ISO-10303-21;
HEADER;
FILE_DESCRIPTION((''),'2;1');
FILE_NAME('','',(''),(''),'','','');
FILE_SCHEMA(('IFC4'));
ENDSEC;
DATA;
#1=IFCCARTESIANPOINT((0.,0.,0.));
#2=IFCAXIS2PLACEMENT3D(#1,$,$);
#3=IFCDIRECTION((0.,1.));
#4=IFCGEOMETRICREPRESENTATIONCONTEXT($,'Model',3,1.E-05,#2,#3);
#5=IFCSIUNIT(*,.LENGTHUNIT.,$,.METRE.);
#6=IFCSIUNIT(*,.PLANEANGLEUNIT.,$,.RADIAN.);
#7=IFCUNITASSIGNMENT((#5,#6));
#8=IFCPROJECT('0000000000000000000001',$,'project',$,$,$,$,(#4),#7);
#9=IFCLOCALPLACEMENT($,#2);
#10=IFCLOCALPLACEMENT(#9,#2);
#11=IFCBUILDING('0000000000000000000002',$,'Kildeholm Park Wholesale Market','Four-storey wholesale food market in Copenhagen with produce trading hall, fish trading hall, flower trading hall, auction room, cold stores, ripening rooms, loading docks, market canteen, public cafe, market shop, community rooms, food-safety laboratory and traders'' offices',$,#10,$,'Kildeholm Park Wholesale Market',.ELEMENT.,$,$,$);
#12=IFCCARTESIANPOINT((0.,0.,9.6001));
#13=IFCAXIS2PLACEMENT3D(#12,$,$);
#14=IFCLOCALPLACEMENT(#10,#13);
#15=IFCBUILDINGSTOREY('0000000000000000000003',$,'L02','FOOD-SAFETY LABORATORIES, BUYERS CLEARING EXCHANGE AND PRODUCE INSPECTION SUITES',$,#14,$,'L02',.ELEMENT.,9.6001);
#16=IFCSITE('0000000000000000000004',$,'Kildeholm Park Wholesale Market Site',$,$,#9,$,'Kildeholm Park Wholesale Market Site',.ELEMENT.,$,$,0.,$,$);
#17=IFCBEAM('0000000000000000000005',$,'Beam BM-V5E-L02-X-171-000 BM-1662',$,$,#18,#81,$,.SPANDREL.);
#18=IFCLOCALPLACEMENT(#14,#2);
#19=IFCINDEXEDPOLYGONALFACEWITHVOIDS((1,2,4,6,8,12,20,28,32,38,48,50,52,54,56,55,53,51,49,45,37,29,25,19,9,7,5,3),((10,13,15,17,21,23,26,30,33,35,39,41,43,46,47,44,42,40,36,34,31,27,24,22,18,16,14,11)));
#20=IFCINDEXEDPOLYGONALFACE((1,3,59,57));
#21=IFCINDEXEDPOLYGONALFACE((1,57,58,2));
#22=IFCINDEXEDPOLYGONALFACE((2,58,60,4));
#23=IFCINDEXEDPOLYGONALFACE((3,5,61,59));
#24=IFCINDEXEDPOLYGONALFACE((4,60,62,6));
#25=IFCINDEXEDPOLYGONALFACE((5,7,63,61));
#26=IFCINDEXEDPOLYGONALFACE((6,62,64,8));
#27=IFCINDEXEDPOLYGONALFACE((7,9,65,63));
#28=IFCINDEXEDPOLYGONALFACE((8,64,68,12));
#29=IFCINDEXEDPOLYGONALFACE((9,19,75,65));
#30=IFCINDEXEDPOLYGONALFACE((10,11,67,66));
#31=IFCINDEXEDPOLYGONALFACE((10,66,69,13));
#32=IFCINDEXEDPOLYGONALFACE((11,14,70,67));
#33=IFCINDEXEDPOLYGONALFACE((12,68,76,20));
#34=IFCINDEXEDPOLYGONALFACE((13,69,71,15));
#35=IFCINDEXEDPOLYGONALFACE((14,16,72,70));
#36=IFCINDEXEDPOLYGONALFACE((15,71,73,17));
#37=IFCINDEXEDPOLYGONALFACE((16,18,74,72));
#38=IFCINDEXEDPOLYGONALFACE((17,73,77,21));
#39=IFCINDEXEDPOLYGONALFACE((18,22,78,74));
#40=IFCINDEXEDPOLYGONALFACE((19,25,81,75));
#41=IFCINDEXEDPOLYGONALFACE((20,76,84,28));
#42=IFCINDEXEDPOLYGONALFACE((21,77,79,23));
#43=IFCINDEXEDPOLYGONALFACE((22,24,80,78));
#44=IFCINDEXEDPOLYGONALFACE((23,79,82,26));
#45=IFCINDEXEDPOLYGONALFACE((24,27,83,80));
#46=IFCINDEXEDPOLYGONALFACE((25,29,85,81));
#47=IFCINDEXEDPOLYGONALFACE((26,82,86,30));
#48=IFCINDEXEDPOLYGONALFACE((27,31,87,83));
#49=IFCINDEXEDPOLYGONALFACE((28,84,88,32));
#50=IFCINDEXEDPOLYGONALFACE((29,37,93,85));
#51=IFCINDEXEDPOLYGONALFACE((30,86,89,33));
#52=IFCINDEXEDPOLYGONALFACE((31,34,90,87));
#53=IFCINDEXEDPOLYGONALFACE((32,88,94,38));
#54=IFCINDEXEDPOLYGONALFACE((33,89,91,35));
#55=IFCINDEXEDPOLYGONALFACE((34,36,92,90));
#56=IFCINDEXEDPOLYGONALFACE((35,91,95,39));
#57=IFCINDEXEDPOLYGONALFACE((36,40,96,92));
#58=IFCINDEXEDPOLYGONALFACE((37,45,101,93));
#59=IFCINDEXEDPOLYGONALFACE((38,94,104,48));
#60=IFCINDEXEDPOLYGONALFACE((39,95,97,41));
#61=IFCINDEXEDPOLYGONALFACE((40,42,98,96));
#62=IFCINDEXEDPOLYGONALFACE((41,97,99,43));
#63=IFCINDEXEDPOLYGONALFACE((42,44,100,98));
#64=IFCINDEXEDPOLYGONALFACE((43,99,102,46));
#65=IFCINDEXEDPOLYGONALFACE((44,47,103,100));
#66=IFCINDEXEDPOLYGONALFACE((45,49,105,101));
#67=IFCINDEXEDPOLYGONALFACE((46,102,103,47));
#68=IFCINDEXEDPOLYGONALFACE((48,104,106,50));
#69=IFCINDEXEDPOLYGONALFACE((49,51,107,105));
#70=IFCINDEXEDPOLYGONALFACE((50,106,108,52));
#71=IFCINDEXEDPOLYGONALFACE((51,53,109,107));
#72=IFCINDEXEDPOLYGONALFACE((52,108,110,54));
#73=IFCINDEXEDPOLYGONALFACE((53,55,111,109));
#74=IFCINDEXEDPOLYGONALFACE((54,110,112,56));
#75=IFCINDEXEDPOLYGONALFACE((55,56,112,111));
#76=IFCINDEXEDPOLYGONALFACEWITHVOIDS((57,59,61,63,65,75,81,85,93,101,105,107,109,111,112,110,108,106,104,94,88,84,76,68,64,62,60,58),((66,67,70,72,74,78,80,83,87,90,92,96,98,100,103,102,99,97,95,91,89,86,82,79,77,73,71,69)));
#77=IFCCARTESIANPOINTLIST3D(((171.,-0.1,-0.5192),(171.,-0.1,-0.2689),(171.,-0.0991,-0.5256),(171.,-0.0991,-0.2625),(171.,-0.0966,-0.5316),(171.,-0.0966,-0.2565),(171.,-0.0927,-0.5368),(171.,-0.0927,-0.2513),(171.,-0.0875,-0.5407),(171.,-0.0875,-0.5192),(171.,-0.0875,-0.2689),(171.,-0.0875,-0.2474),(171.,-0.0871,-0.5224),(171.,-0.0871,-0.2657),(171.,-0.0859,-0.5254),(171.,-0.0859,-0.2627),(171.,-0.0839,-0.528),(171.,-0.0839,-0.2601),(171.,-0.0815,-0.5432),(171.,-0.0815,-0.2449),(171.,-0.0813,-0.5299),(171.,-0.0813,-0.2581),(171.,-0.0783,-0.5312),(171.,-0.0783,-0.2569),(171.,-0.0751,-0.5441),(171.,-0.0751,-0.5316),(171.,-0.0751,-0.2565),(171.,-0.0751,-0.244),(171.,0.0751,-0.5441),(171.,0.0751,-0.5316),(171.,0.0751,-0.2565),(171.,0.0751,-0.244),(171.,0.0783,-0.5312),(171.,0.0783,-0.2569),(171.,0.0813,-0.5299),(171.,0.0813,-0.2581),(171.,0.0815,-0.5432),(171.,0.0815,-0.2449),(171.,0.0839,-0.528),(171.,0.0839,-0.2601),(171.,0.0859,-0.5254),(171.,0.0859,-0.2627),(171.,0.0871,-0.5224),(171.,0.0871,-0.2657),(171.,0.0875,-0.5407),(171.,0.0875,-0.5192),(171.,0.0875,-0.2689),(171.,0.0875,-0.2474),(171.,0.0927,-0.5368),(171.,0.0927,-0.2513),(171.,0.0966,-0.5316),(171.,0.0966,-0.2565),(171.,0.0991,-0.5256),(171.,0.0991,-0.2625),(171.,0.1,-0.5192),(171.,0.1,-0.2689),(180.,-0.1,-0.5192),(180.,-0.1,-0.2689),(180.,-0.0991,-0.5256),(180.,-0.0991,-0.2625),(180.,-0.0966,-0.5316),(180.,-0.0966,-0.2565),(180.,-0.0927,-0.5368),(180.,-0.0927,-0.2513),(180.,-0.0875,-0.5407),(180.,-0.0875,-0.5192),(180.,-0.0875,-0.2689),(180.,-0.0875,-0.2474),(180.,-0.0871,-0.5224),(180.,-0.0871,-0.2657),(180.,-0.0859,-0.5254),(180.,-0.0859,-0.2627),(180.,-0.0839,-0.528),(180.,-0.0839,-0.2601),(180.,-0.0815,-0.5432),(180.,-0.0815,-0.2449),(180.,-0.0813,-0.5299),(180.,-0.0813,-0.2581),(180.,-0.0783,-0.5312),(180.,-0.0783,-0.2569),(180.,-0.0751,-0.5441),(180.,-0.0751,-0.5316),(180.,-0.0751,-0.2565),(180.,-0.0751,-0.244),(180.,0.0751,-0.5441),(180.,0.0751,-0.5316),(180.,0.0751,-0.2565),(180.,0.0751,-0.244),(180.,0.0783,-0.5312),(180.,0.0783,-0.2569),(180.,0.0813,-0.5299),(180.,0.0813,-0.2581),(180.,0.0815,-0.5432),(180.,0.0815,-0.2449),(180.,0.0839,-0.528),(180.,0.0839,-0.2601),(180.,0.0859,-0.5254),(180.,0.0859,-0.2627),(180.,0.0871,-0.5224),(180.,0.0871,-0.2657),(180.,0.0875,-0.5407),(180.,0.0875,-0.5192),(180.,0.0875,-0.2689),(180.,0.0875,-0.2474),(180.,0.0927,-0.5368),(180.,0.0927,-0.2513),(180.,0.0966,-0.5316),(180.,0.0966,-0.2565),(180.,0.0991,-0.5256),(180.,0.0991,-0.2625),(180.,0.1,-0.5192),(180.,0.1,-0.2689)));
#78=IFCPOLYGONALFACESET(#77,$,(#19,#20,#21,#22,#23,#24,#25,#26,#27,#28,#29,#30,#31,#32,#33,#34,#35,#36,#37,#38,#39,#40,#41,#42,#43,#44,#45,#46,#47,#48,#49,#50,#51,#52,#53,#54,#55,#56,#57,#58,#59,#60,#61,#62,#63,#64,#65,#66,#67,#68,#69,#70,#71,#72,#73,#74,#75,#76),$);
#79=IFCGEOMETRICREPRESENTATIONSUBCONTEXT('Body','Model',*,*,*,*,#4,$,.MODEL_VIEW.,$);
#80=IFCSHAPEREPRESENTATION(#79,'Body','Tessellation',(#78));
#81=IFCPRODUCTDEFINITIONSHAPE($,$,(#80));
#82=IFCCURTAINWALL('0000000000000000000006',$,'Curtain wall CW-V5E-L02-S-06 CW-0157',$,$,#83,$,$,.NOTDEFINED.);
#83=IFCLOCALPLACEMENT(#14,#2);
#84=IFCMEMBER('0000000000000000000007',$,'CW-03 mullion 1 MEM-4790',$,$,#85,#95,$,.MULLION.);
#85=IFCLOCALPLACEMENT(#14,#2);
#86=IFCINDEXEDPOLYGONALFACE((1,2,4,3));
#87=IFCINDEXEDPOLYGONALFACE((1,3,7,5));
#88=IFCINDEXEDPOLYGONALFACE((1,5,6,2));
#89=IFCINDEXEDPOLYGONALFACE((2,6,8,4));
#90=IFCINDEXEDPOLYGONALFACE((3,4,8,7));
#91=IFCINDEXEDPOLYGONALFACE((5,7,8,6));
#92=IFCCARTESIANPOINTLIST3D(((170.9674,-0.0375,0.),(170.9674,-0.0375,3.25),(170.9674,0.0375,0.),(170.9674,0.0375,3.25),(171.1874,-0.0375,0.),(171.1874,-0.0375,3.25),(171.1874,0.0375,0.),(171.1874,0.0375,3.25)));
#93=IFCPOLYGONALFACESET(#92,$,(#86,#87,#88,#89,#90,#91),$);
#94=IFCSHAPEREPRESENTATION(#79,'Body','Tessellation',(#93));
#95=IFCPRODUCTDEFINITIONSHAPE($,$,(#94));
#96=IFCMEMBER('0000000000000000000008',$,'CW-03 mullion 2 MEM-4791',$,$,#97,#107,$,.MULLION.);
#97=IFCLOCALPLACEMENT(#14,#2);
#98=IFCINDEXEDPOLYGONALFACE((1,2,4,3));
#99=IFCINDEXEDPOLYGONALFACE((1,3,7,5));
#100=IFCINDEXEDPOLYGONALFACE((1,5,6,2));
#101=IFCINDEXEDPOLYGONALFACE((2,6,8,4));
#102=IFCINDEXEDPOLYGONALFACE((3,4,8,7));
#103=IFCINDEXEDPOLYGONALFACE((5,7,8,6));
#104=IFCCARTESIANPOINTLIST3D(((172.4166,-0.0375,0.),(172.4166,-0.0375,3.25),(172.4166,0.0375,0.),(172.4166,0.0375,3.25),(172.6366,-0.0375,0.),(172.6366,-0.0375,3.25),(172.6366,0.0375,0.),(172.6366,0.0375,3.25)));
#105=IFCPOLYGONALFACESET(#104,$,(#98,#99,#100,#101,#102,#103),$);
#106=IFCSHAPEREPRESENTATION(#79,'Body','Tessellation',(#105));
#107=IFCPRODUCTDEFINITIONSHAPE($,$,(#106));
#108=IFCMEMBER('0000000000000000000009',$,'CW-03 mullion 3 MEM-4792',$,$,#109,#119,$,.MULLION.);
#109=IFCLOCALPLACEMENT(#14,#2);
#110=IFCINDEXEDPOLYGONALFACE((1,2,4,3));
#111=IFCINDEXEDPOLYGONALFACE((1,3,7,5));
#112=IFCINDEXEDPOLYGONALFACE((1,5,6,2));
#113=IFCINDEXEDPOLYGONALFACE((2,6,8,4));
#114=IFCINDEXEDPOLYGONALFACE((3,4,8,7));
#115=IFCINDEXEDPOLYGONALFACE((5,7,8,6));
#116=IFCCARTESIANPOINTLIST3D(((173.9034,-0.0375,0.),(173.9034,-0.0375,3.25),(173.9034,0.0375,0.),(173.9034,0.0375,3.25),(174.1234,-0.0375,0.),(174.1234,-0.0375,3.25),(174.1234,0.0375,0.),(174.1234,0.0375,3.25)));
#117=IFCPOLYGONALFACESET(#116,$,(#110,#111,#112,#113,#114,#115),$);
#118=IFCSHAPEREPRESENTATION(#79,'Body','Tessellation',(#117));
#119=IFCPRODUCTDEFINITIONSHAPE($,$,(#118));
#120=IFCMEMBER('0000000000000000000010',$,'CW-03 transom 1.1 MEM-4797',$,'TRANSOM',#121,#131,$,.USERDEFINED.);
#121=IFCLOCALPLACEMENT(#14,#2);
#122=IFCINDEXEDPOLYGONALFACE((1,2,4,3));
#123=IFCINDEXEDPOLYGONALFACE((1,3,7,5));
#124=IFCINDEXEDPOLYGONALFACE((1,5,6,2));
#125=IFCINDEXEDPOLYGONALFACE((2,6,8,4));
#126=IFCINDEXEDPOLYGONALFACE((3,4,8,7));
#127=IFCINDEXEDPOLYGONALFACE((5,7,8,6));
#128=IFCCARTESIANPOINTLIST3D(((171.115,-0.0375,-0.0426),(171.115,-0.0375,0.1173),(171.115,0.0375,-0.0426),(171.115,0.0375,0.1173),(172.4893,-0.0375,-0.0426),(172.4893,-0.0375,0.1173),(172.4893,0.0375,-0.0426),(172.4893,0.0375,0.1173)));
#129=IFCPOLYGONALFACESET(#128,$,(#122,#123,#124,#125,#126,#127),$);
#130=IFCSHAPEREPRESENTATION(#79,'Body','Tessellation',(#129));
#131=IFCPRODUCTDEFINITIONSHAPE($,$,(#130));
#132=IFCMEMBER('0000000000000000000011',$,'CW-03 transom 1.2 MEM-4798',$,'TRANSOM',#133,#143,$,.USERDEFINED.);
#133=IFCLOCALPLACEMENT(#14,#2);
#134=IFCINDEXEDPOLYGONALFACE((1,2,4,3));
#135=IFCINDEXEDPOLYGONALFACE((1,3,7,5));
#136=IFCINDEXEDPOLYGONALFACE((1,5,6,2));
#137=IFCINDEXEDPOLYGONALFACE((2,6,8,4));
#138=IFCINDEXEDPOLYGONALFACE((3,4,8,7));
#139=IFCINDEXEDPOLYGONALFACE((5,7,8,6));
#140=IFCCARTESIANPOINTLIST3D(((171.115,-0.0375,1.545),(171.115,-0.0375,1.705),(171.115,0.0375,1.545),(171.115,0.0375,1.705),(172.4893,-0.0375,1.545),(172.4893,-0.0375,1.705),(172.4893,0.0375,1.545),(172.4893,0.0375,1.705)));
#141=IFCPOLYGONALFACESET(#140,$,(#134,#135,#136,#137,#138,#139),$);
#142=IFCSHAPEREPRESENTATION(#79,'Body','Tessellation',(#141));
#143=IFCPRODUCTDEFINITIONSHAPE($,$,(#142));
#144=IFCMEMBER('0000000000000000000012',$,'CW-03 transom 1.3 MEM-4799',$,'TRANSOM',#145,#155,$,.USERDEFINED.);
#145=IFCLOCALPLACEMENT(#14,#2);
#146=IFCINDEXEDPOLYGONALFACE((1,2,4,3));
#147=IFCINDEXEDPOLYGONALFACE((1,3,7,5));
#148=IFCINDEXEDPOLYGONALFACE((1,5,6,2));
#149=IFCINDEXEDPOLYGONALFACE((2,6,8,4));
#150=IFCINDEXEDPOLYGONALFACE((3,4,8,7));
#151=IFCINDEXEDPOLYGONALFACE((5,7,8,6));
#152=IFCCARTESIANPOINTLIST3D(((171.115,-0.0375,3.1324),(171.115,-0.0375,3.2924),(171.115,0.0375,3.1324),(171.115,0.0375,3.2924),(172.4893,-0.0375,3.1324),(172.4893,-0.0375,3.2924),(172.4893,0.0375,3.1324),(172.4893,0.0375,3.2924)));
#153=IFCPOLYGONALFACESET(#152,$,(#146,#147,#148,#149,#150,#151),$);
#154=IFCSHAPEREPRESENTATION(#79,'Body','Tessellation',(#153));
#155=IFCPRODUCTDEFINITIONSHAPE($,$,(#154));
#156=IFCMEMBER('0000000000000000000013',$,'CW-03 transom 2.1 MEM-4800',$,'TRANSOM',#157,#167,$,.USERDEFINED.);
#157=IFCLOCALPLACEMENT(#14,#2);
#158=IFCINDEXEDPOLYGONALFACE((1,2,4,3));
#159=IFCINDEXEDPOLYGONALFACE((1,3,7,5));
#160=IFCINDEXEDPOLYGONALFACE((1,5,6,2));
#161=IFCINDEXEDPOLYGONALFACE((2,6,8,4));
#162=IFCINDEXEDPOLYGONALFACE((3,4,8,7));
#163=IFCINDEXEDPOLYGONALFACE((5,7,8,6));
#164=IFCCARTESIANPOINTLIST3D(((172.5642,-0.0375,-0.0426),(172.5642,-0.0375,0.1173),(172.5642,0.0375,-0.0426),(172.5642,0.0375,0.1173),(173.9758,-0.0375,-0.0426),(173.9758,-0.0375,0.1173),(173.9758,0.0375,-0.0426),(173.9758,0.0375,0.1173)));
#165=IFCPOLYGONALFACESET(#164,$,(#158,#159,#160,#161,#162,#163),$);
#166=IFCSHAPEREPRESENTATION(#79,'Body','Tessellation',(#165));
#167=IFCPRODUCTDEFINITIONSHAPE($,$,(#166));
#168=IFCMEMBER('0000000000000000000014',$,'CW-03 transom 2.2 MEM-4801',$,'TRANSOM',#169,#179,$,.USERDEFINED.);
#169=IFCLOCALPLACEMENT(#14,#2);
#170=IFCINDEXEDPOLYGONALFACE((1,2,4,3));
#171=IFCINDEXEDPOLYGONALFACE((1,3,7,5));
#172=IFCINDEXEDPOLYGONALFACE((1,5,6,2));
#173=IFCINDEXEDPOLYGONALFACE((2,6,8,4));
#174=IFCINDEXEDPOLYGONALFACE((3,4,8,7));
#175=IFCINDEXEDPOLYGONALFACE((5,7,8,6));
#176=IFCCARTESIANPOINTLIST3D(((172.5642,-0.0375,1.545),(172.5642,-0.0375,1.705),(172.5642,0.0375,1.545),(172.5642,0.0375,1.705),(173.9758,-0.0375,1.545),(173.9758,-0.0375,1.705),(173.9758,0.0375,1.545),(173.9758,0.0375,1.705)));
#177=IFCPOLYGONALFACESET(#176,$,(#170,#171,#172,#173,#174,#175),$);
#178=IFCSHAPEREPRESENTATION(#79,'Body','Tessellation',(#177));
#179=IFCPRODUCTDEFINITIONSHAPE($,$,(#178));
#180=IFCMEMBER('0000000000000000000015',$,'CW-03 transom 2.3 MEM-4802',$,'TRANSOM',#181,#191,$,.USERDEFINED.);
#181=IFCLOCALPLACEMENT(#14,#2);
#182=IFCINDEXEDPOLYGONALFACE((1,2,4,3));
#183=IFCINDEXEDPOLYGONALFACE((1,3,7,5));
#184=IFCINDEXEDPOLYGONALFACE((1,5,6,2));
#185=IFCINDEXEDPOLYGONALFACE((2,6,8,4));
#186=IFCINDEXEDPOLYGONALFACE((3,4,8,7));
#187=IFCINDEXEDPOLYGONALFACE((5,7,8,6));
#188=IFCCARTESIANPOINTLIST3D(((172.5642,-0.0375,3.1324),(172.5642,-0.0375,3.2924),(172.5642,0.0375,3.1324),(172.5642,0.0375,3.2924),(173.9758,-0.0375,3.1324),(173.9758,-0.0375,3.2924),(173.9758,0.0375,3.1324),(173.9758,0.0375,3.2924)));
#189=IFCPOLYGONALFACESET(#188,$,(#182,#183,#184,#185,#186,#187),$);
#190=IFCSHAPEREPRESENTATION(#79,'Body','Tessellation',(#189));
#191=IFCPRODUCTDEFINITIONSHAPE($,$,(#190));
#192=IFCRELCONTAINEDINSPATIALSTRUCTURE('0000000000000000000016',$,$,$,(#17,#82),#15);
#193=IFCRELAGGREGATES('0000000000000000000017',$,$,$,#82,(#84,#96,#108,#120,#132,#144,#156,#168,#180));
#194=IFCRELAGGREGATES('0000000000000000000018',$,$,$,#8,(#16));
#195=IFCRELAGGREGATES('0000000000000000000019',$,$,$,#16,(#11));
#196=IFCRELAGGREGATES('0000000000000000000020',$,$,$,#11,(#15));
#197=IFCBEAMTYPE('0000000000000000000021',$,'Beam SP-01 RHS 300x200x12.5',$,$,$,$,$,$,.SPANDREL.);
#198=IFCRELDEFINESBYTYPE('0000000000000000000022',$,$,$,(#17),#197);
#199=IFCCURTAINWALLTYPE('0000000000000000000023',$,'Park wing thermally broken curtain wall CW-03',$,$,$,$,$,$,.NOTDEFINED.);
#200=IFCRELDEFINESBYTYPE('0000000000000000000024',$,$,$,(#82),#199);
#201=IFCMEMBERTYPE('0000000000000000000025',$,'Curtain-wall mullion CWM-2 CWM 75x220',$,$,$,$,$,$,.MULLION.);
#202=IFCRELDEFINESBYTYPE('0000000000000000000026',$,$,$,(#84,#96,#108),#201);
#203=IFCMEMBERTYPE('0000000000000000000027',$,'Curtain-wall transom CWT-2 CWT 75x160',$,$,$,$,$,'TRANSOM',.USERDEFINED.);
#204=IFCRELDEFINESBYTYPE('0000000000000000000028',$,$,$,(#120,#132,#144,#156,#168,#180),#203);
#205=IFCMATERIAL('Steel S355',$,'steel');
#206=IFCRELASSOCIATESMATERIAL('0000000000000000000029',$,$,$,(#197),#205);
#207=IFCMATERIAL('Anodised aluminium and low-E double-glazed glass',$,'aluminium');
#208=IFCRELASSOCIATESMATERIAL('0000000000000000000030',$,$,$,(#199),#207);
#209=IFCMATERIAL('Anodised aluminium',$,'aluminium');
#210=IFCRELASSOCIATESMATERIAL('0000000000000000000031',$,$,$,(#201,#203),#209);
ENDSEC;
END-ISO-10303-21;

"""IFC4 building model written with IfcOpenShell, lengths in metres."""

from ifc_helpers import new_model, si_unit, direction, frame, origin, origin_2d, place, context, subcontext, project, spatial, rectangle, hollow_rectangle, extrude, material, material_profile, profile_set, type_object, element, aggregate, save


model = new_model("IFC4")

# Units and contexts
model_context = context("Model", 3, precision=1e-05, world=origin(), true_north=direction((0.0, 1.0)))
body_context = subcontext(model_context, "Body", "Model", "MODEL_VIEW")
ifc_project = project(units=[si_unit("LENGTHUNIT", "METRE"), si_unit("PLANEANGLEUNIT", "RADIAN")], contexts=[model_context])

# Site, building, storey
site_placement = place(None, origin())
site = spatial("IfcSite", under=ifc_project, at=site_placement, Name="Kildeholm Park Wholesale Market Site", LongName="Kildeholm Park Wholesale Market Site", CompositionType="ELEMENT", RefElevation=0.0)
building_placement = place(site_placement, origin())
building = spatial("IfcBuilding", under=site, at=building_placement, Name="Kildeholm Park Wholesale Market", Description="Four-storey wholesale food market in Copenhagen with produce trading hall, fish trading hall, flower trading hall, auction room, cold stores, ripening rooms, loading docks, market canteen, public cafe, market shop, community rooms, food-safety laboratory and traders' offices", LongName="Kildeholm Park Wholesale Market", CompositionType="ELEMENT")
storey_placement = place(building_placement, frame((0.0, 0.0, 9.6001)))
storey = spatial("IfcBuildingStorey", under=building, at=storey_placement, Name="L02", Description="FOOD-SAFETY LABORATORIES, BUYERS CLEARING EXCHANGE AND PRODUCE INSPECTION SUITES", LongName="L02", CompositionType="ELEMENT", Elevation=9.6001)

# Shared definitions
ifc_material_1 = material(Name="Steel S355", Category="steel")

# Beam
ifc_material_profile_1 = material_profile(ifc_material_1, hollow_rectangle(XDim=0.2, YDim=0.3, WallThickness=0.0125, InnerFilletRadius=0.0125, OuterFilletRadius=0.0249, at=origin_2d()), Name="RHS 300x200x12.5")
ifc_profile_set_1 = profile_set([ifc_material_profile_1], Name="Steel S355")
beam_type_1 = type_object("IfcBeamType", Name="Beam SP-01 RHS 300x200x12.5", PredefinedType="SPANDREL", material=ifc_profile_set_1)
beam_1_placement = place(storey_placement, frame((171.0, 0.0, -0.394), z_axis=(1.0, 0.0, 0.0), x_axis=(0.0, 1.0, 0.0)))
element("IfcBeam", 1, at=beam_1_placement, inside=storey, type_object=beam_type_1, Name="Beam BM-V5E-L02-X-171-000 BM-1662", PredefinedType="SPANDREL", context=body_context, shape_type="SweptSolid", body=[
    extrude(hollow_rectangle(XDim=0.2, YDim=0.3, WallThickness=0.0125, InnerFilletRadius=0.0125, OuterFilletRadius=0.0249, at=origin_2d()), origin(), (0.0, 0.0, 1.0), 9.0),
])

# Curtain wall, members
ifc_material_2 = material(Name="Anodised aluminium and low-E double-glazed glass", Category="aluminium")
curtain_wall_type = type_object("IfcCurtainWallType", Name="Park wing thermally broken curtain wall CW-03", PredefinedType="NOTDEFINED", material=ifc_material_2)
curtain_wall_placement = place(storey_placement, origin())
curtain_wall = element("IfcCurtainWall", 2, at=curtain_wall_placement, inside=storey, type_object=curtain_wall_type, Name="Curtain wall CW-V5E-L02-S-06 CW-0157", PredefinedType="NOTDEFINED")
ifc_material_3 = material(Name="Anodised aluminium", Category="aluminium")
ifc_material_profile_2 = material_profile(ifc_material_3, rectangle(XDim=0.075, YDim=0.22, at=origin_2d()), Name="CWM 75x220")
ifc_profile_set_2 = profile_set([ifc_material_profile_2], Name="Anodised aluminium")
member_type_1 = type_object("IfcMemberType", Name="Curtain-wall mullion CWM-2 CWM 75x220", PredefinedType="MULLION", material=ifc_profile_set_2)
member_1_placement = place(storey_placement, frame((171.0774, 0.0, 0.0), z_axis=(0.0, 0.0, 1.0), x_axis=(0.0, 1.0, 0.0)))
member_1 = element("IfcMember", 3, at=member_1_placement, type_object=member_type_1, Name="CW-03 mullion 1 MEM-4790", PredefinedType="MULLION", context=body_context, shape_type="SweptSolid", body=[
    extrude(rectangle(XDim=0.075, YDim=0.22, at=origin_2d()), origin(), (0.0, 0.0, 1.0), 3.25),
])
member_2_placement = place(storey_placement, frame((172.5266, 0.0, 0.0), z_axis=(0.0, 0.0, 1.0), x_axis=(0.0, 1.0, 0.0)))
member_2 = element("IfcMember", 4, at=member_2_placement, type_object=member_type_1, Name="CW-03 mullion 2 MEM-4791", PredefinedType="MULLION", context=body_context, shape_type="SweptSolid", body=[
    extrude(rectangle(XDim=0.075, YDim=0.22, at=origin_2d()), origin(), (0.0, 0.0, 1.0), 3.25),
])
member_3_placement = place(storey_placement, frame((174.0134, 0.0, 0.0), z_axis=(0.0, 0.0, 1.0), x_axis=(0.0, 1.0, 0.0)))
member_3 = element("IfcMember", 5, at=member_3_placement, type_object=member_type_1, Name="CW-03 mullion 3 MEM-4792", PredefinedType="MULLION", context=body_context, shape_type="SweptSolid", body=[
    extrude(rectangle(XDim=0.075, YDim=0.22, at=origin_2d()), origin(), (0.0, 0.0, 1.0), 3.25),
])
ifc_material_profile_3 = material_profile(ifc_material_3, rectangle(XDim=0.075, YDim=0.1599, at=origin_2d()), Name="CWT 75x160")
ifc_profile_set_3 = profile_set([ifc_material_profile_3], Name="Anodised aluminium")
member_type_2 = type_object("IfcMemberType", Name="Curtain-wall transom CWT-2 CWT 75x160", ElementType="TRANSOM", PredefinedType="USERDEFINED", material=ifc_profile_set_3)
member_4_placement = place(storey_placement, frame((171.115, 0.0, 0.0374), z_axis=(1.0, 0.0, 0.0), x_axis=(0.0, 1.0, 0.0)))
member_4 = element("IfcMember", 6, at=member_4_placement, type_object=member_type_2, Name="CW-03 transom 1.1 MEM-4797", ObjectType="TRANSOM", PredefinedType="USERDEFINED", context=body_context, shape_type="SweptSolid", body=[
    extrude(rectangle(XDim=0.075, YDim=0.1599, at=origin_2d()), origin(), (0.0, 0.0, 1.0), 1.3743),
])
member_5_placement = place(storey_placement, frame((171.115, 0.0, 1.625), z_axis=(1.0, 0.0, 0.0), x_axis=(0.0, 1.0, 0.0)))
member_5 = element("IfcMember", 7, at=member_5_placement, type_object=member_type_2, Name="CW-03 transom 1.2 MEM-4798", ObjectType="TRANSOM", PredefinedType="USERDEFINED", context=body_context, shape_type="SweptSolid", body=[
    extrude(rectangle(XDim=0.075, YDim=0.1599, at=origin_2d()), origin(), (0.0, 0.0, 1.0), 1.3743),
])
member_6_placement = place(storey_placement, frame((171.115, 0.0, 3.2124), z_axis=(1.0, 0.0, 0.0), x_axis=(0.0, 1.0, 0.0)))
member_6 = element("IfcMember", 8, at=member_6_placement, type_object=member_type_2, Name="CW-03 transom 1.3 MEM-4799", ObjectType="TRANSOM", PredefinedType="USERDEFINED", context=body_context, shape_type="SweptSolid", body=[
    extrude(rectangle(XDim=0.075, YDim=0.1599, at=origin_2d()), origin(), (0.0, 0.0, 1.0), 1.3743),
])
member_7_placement = place(storey_placement, frame((172.5642, 0.0, 0.0374), z_axis=(1.0, 0.0, 0.0), x_axis=(0.0, 1.0, 0.0)))
member_7 = element("IfcMember", 9, at=member_7_placement, type_object=member_type_2, Name="CW-03 transom 2.1 MEM-4800", ObjectType="TRANSOM", PredefinedType="USERDEFINED", context=body_context, shape_type="SweptSolid", body=[
    extrude(rectangle(XDim=0.075, YDim=0.1599, at=origin_2d()), origin(), (0.0, 0.0, 1.0), 1.4116),
])
member_8_placement = place(storey_placement, frame((172.5642, 0.0, 1.625), z_axis=(1.0, 0.0, 0.0), x_axis=(0.0, 1.0, 0.0)))
member_8 = element("IfcMember", 10, at=member_8_placement, type_object=member_type_2, Name="CW-03 transom 2.2 MEM-4801", ObjectType="TRANSOM", PredefinedType="USERDEFINED", context=body_context, shape_type="SweptSolid", body=[
    extrude(rectangle(XDim=0.075, YDim=0.1599, at=origin_2d()), origin(), (0.0, 0.0, 1.0), 1.4116),
])
member_9_placement = place(storey_placement, frame((172.5642, 0.0, 3.2124), z_axis=(1.0, 0.0, 0.0), x_axis=(0.0, 1.0, 0.0)))
member_9 = element("IfcMember", 11, at=member_9_placement, type_object=member_type_2, Name="CW-03 transom 2.3 MEM-4802", ObjectType="TRANSOM", PredefinedType="USERDEFINED", context=body_context, shape_type="SweptSolid", body=[
    extrude(rectangle(XDim=0.075, YDim=0.1599, at=origin_2d()), origin(), (0.0, 0.0, 1.0), 1.4116),
])
aggregate(curtain_wall, [member_1, member_2, member_3, member_4, member_5, member_6, member_7, member_8, member_9])

save(model, "model.ifc")
